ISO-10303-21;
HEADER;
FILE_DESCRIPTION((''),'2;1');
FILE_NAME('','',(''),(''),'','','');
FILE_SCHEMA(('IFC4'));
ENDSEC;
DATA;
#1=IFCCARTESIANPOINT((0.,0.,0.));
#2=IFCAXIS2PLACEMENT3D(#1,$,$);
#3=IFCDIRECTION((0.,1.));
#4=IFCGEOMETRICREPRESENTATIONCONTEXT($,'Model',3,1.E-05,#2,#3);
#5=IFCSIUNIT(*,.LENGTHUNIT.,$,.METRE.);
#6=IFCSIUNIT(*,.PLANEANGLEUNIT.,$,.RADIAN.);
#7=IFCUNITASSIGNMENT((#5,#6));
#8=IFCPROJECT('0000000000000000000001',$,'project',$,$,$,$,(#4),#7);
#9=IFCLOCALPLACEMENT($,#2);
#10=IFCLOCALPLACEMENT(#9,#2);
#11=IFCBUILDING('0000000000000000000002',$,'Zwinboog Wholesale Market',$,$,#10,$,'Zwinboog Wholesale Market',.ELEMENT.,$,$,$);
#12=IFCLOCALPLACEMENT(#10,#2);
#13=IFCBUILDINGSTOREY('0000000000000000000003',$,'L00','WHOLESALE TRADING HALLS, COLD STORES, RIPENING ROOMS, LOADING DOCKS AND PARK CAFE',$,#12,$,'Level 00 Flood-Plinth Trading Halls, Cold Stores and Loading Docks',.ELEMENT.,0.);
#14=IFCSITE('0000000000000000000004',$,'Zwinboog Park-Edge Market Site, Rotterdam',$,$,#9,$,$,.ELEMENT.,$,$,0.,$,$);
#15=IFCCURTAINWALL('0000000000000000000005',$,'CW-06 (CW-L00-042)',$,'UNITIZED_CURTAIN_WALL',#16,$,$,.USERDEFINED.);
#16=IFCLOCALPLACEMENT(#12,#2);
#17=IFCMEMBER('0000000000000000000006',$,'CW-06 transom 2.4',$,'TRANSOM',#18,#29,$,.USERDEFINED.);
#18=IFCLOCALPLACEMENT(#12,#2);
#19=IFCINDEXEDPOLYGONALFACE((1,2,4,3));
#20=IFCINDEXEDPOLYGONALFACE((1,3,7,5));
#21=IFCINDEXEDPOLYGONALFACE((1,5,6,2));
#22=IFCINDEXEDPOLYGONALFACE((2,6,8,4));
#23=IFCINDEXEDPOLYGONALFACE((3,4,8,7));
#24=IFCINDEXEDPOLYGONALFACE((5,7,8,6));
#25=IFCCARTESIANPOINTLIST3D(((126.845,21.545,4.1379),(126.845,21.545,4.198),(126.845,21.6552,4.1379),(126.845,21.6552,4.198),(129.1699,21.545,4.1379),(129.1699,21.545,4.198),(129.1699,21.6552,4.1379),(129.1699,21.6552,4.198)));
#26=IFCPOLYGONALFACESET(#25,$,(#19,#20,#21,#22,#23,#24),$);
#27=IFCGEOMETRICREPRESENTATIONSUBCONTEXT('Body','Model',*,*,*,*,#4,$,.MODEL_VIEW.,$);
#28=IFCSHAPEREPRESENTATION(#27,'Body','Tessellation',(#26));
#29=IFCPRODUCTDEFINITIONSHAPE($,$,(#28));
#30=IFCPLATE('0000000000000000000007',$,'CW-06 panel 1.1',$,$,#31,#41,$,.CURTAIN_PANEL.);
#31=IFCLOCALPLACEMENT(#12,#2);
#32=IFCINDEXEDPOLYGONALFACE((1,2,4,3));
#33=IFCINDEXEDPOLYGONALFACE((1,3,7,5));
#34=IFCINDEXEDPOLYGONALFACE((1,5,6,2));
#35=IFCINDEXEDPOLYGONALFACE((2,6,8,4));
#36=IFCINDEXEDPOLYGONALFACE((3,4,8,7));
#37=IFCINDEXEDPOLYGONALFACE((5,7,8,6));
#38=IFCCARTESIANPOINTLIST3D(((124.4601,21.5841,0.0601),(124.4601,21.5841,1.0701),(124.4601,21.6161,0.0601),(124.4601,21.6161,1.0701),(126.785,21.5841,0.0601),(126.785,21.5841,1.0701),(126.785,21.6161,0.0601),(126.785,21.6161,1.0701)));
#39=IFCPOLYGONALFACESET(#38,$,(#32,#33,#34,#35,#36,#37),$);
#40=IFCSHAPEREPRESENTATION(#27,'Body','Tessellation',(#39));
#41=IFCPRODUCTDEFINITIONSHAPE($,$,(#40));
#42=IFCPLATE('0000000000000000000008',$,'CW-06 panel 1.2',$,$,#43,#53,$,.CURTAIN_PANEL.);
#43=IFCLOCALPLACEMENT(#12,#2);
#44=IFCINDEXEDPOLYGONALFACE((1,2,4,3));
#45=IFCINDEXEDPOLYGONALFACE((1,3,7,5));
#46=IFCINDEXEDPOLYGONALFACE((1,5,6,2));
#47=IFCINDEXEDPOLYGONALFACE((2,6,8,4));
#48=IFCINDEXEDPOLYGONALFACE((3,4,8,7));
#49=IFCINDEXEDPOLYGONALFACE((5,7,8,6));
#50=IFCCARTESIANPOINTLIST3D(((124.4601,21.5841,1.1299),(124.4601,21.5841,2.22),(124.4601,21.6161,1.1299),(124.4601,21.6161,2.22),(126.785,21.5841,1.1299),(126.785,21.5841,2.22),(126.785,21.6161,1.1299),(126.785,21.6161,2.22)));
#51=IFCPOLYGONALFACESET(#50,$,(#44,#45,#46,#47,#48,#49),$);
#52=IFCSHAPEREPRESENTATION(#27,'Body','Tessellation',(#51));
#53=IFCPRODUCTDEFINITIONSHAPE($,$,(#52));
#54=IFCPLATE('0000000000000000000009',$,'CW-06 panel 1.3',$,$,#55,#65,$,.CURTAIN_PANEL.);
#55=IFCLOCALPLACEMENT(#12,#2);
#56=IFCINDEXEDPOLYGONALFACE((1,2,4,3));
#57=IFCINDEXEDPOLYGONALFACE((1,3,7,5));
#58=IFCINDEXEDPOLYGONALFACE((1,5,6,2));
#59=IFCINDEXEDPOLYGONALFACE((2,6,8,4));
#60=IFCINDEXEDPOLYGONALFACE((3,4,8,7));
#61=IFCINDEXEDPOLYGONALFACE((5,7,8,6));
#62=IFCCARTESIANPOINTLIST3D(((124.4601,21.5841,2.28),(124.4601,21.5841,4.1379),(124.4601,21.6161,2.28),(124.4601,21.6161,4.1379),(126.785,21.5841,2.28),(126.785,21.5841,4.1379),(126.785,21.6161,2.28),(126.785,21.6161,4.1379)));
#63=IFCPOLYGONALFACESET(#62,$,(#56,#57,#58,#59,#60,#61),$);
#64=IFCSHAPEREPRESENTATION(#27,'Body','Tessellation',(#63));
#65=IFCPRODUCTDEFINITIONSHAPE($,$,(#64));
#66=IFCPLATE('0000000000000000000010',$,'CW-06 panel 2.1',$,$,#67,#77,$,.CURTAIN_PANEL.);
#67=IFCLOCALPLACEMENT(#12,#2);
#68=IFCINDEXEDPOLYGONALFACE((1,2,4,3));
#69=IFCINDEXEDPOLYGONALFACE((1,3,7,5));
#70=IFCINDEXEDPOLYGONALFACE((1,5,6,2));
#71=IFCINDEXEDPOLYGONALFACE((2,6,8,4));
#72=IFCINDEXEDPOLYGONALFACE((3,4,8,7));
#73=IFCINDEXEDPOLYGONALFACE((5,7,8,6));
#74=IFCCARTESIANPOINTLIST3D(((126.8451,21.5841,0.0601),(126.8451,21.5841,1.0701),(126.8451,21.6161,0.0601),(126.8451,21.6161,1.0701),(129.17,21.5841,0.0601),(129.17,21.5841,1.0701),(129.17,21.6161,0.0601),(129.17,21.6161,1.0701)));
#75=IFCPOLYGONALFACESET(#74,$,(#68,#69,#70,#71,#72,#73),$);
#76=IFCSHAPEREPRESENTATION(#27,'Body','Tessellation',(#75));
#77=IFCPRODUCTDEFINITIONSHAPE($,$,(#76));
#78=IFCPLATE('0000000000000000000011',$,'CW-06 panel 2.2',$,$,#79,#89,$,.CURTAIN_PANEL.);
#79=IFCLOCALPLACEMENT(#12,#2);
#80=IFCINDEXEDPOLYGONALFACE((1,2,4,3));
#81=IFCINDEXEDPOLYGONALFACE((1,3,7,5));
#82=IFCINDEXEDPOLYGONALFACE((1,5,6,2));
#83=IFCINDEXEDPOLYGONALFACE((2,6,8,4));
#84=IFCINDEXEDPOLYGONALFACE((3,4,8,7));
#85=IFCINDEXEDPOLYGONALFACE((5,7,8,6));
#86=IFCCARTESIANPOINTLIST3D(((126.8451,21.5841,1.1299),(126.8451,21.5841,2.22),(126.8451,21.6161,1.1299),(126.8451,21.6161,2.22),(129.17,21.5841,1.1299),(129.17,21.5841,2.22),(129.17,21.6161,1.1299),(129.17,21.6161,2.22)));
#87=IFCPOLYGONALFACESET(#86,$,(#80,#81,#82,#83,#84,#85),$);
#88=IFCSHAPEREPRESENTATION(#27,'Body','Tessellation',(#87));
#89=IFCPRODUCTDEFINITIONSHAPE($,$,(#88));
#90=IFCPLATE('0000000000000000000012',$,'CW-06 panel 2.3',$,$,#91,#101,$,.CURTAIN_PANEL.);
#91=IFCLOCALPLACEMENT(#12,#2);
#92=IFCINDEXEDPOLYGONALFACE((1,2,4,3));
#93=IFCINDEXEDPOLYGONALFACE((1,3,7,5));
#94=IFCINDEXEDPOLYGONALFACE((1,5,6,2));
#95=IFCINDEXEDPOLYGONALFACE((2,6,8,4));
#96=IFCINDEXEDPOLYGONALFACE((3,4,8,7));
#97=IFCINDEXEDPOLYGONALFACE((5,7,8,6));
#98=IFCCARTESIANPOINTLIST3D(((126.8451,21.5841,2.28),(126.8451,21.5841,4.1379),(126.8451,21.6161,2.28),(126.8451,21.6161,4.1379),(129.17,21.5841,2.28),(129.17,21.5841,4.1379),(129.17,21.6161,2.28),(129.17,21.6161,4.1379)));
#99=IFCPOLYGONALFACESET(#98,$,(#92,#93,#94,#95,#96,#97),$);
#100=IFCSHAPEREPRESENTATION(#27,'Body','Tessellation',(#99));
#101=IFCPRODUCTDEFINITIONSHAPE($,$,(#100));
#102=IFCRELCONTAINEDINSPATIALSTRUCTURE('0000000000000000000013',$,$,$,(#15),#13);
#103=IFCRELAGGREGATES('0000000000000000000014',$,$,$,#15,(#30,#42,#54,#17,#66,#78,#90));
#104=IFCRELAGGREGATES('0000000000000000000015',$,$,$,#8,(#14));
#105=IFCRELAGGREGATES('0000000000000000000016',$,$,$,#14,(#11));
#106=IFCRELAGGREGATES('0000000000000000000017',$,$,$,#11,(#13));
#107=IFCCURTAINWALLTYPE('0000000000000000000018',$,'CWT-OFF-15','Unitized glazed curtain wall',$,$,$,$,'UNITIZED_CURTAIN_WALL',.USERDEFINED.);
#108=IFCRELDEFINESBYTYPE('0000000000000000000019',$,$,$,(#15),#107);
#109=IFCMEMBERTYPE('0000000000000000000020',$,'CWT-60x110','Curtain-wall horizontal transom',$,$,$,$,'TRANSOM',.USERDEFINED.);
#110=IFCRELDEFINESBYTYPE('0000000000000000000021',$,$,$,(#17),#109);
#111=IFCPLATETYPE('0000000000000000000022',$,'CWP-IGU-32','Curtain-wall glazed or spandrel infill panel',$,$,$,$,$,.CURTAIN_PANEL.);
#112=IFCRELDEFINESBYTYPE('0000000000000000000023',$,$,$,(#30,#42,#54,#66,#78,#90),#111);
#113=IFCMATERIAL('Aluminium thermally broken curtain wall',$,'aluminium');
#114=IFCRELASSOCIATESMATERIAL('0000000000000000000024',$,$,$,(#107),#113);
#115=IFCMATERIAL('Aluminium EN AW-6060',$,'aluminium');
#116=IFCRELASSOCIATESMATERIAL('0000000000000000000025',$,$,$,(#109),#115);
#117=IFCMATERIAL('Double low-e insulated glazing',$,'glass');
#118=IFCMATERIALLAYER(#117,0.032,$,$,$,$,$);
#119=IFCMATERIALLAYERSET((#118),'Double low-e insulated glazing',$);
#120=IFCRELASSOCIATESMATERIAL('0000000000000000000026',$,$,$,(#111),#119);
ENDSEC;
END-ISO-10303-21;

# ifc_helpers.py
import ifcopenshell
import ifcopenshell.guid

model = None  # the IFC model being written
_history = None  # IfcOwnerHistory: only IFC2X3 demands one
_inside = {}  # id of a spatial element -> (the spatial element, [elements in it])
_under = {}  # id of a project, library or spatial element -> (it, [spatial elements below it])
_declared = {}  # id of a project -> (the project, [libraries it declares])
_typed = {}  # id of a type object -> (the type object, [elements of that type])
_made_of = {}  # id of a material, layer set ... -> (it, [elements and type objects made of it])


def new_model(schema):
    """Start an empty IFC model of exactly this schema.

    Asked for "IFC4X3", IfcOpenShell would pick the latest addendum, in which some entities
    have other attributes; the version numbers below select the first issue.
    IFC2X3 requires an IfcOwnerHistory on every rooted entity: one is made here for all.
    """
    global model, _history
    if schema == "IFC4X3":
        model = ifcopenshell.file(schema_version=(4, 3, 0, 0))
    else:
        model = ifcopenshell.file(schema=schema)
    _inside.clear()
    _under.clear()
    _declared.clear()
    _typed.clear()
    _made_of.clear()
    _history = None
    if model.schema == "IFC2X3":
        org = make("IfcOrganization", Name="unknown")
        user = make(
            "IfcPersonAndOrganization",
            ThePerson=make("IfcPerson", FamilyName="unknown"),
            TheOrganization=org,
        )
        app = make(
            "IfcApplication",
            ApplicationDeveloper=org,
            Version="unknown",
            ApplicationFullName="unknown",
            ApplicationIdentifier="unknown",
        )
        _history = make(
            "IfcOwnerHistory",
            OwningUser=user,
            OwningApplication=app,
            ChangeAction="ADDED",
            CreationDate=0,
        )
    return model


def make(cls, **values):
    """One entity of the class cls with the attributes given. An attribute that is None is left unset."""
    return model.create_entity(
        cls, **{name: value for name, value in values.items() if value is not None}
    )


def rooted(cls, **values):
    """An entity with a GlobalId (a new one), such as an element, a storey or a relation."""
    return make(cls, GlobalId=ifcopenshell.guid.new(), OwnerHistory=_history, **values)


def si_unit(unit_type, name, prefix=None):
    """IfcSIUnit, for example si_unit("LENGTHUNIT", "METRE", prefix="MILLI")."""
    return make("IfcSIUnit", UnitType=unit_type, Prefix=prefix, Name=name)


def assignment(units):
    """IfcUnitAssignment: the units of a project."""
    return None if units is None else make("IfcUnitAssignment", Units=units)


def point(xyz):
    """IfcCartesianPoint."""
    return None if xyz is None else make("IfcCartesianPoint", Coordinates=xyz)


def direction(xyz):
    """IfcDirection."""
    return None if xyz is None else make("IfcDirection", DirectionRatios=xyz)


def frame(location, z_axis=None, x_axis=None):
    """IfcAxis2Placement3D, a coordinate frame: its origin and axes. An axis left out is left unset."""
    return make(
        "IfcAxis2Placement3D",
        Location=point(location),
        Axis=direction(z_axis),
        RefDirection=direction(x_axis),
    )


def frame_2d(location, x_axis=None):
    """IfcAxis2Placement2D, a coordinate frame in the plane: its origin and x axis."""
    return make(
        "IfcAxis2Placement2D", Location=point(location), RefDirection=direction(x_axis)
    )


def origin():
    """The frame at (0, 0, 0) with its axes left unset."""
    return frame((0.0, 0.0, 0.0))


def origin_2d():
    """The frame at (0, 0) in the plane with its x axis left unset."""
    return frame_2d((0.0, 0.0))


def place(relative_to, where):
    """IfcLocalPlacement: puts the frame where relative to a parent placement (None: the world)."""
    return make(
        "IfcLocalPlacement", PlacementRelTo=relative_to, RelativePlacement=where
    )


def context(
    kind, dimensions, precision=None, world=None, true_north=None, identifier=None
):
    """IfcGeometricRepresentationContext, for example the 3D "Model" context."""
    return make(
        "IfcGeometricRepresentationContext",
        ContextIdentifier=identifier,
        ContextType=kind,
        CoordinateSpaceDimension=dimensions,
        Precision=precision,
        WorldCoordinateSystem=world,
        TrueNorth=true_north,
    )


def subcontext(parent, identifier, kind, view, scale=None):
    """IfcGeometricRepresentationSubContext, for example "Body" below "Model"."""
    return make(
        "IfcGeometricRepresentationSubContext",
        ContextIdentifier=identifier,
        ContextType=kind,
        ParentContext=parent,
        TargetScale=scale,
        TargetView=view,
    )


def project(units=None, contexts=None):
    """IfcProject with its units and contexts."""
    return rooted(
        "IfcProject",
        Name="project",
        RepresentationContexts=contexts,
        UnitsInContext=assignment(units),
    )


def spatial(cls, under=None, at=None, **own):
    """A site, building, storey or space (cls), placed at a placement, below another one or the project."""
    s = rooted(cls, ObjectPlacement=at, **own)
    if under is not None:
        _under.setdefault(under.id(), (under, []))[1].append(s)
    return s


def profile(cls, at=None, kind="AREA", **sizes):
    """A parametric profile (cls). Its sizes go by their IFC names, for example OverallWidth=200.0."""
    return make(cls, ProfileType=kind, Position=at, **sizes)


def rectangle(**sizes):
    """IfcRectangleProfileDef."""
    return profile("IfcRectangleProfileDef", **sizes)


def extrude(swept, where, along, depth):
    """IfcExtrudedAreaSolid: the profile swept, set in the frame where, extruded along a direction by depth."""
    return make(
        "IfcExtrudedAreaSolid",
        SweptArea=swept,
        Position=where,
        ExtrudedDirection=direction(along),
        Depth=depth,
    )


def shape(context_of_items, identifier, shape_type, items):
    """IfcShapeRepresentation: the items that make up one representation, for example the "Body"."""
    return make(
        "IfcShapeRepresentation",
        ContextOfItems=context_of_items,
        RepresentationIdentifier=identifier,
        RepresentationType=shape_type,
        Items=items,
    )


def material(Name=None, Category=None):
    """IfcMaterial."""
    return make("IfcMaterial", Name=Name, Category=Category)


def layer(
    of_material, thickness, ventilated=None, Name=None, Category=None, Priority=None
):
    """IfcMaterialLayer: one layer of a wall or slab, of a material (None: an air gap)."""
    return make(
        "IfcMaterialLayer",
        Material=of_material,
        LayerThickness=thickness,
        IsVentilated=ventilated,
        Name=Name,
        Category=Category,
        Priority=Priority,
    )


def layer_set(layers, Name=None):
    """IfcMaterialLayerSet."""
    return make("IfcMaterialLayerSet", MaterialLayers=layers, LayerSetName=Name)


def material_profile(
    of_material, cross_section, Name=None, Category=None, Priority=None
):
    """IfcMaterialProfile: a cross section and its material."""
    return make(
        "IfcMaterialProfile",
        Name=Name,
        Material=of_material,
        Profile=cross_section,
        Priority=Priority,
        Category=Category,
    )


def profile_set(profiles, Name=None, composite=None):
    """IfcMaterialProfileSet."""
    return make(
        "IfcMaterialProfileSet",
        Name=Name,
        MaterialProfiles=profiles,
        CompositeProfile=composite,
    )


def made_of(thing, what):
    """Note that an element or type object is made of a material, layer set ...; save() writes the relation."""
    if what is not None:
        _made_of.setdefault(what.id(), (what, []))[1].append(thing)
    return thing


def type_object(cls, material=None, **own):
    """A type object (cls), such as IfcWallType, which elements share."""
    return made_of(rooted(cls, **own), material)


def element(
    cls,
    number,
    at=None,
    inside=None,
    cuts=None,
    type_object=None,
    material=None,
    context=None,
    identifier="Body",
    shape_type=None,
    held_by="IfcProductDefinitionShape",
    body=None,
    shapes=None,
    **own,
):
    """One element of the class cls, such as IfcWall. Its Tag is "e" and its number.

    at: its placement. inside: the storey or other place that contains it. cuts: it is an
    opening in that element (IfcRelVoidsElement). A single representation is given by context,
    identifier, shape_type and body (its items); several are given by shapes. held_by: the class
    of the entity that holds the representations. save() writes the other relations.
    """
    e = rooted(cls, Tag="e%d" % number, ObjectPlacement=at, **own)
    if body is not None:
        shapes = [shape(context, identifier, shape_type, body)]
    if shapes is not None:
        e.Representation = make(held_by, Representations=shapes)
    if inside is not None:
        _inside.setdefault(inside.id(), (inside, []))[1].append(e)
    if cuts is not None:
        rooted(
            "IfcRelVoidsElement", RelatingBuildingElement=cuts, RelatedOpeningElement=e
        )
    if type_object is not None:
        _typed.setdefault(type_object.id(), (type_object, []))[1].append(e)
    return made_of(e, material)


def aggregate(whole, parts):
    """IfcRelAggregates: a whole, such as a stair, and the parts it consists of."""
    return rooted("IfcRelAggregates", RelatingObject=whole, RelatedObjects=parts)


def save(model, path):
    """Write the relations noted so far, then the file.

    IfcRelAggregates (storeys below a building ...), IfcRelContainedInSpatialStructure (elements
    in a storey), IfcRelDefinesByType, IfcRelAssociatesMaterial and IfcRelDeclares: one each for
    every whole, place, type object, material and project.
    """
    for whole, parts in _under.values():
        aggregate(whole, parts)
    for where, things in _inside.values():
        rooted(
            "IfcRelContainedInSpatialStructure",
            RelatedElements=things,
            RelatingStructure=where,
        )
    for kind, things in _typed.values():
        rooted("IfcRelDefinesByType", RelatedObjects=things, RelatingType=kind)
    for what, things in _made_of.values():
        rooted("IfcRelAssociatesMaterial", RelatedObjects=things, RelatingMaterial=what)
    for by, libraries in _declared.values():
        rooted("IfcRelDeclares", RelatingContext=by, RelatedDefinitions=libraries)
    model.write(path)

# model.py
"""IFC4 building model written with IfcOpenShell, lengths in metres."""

from ifc_helpers import new_model, si_unit, direction, frame, origin, origin_2d, place, context, subcontext, project, spatial, rectangle, extrude, material, layer, layer_set, material_profile, profile_set, type_object, element, aggregate, save


model = new_model("IFC4")

# Units and contexts
model_context = context("Model", 3, precision=1e-05, world=origin(), true_north=direction((0.0, 1.0)))
body_context = subcontext(model_context, "Body", "Model", "MODEL_VIEW")
ifc_project = project(units=[si_unit("LENGTHUNIT", "METRE"), si_unit("PLANEANGLEUNIT", "RADIAN")], contexts=[model_context])

# Site, building, storey
site_placement = place(None, origin())
site = spatial("IfcSite", under=ifc_project, at=site_placement, Name="Zwinboog Park-Edge Market Site, Rotterdam", CompositionType="ELEMENT", RefElevation=0.0)
building_placement = place(site_placement, origin())
building = spatial("IfcBuilding", under=site, at=building_placement, Name="Zwinboog Wholesale Market", LongName="Zwinboog Wholesale Market", CompositionType="ELEMENT")
storey_placement = place(building_placement, origin())
storey = spatial("IfcBuildingStorey", under=building, at=storey_placement, Name="L00", Description="WHOLESALE TRADING HALLS, COLD STORES, RIPENING ROOMS, LOADING DOCKS AND PARK CAFE", LongName="Level 00 Flood-Plinth Trading Halls, Cold Stores and Loading Docks", CompositionType="ELEMENT", Elevation=0.0)

# Shared definitions
ifc_material_1 = material(Name="Aluminium thermally broken curtain wall", Category="aluminium")
ifc_material_2 = material(Name="Aluminium EN AW-6060", Category="aluminium")

# Curtain wall
curtain_wall_type_1 = type_object("IfcCurtainWallType", Name="CWT-OFF-15", Description="Unitized glazed curtain wall", ElementType="UNITIZED_CURTAIN_WALL", PredefinedType="USERDEFINED", material=ifc_material_1)
curtain_wall_1_placement = place(storey_placement, origin())
curtain_wall_1 = element("IfcCurtainWall", 1, at=curtain_wall_1_placement, inside=storey, type_object=curtain_wall_type_1, Name="CW-06 (CW-L00-042)", ObjectType="UNITIZED_CURTAIN_WALL", PredefinedType="USERDEFINED")

# Member
ifc_material_profile_1 = material_profile(ifc_material_2, rectangle(XDim=0.1101, YDim=0.0601, at=origin_2d()), Name="AL 60x110")
ifc_profile_set_1 = profile_set([ifc_material_profile_1], Name="Aluminium EN AW-6060")
member_type_1 = type_object("IfcMemberType", Name="CWT-60x110", Description="Curtain-wall horizontal transom", ElementType="TRANSOM", PredefinedType="USERDEFINED", material=ifc_profile_set_1)
member_1_placement = place(storey_placement, frame((126.845, 21.6001, 4.168), z_axis=(1.0, 0.0, 0.0), x_axis=(0.0, 1.0, 0.0)))
member_1 = element("IfcMember", 2, at=member_1_placement, type_object=member_type_1, Name="CW-06 transom 2.4", ObjectType="TRANSOM", PredefinedType="USERDEFINED", context=body_context, shape_type="SweptSolid", body=[
    extrude(rectangle(XDim=0.1101, YDim=0.0601, at=origin_2d()), origin(), (0.0, 0.0, 1.0), 2.325),
])

# Plates
ifc_material_3 = material(Name="Double low-e insulated glazing", Category="glass")
ifc_layer = layer(ifc_material_3, 0.032)
ifc_layer_set = layer_set([ifc_layer], Name="Double low-e insulated glazing")
plate_type = type_object("IfcPlateType", Name="CWP-IGU-32", Description="Curtain-wall glazed or spandrel infill panel", PredefinedType="CURTAIN_PANEL", material=ifc_layer_set)
plate_1_placement = place(storey_placement, frame((125.6226, 21.6001, 0.0601), z_axis=(0.0, 0.0, 1.0), x_axis=(1.0, 0.0, 0.0)))
plate_1 = element("IfcPlate", 3, at=plate_1_placement, type_object=plate_type, Name="CW-06 panel 1.1", PredefinedType="CURTAIN_PANEL", context=body_context, shape_type="SweptSolid", body=[
    extrude(rectangle(XDim=2.325, YDim=0.032, at=origin_2d()), origin(), (0.0, 0.0, 1.0), 1.01),
])
plate_2_placement = place(storey_placement, frame((125.6226, 21.6001, 1.1299), z_axis=(0.0, 0.0, 1.0), x_axis=(1.0, 0.0, 0.0)))
plate_2 = element("IfcPlate", 4, at=plate_2_placement, type_object=plate_type, Name="CW-06 panel 1.2", PredefinedType="CURTAIN_PANEL", context=body_context, shape_type="SweptSolid", body=[
    extrude(rectangle(XDim=2.325, YDim=0.032, at=origin_2d()), origin(), (0.0, 0.0, 1.0), 1.0901),
])
plate_3_placement = place(storey_placement, frame((125.6226, 21.6001, 2.28), z_axis=(0.0, 0.0, 1.0), x_axis=(1.0, 0.0, 0.0)))
plate_3 = element("IfcPlate", 5, at=plate_3_placement, type_object=plate_type, Name="CW-06 panel 1.3", PredefinedType="CURTAIN_PANEL", context=body_context, shape_type="SweptSolid", body=[
    extrude(rectangle(XDim=2.325, YDim=0.032, at=origin_2d()), origin(), (0.0, 0.0, 1.0), 1.8579),
])
plate_4_placement = place(storey_placement, frame((128.0076, 21.6001, 0.0601), z_axis=(0.0, 0.0, 1.0), x_axis=(1.0, 0.0, 0.0)))
plate_4 = element("IfcPlate", 6, at=plate_4_placement, type_object=plate_type, Name="CW-06 panel 2.1", PredefinedType="CURTAIN_PANEL", context=body_context, shape_type="SweptSolid", body=[
    extrude(rectangle(XDim=2.325, YDim=0.032, at=origin_2d()), origin(), (0.0, 0.0, 1.0), 1.01),
])
plate_5_placement = place(storey_placement, frame((128.0076, 21.6001, 1.1299), z_axis=(0.0, 0.0, 1.0), x_axis=(1.0, 0.0, 0.0)))
plate_5 = element("IfcPlate", 7, at=plate_5_placement, type_object=plate_type, Name="CW-06 panel 2.2", PredefinedType="CURTAIN_PANEL", context=body_context, shape_type="SweptSolid", body=[
    extrude(rectangle(XDim=2.325, YDim=0.032, at=origin_2d()), origin(), (0.0, 0.0, 1.0), 1.0901),
])
plate_6_placement = place(storey_placement, frame((128.0076, 21.6001, 2.28), z_axis=(0.0, 0.0, 1.0), x_axis=(1.0, 0.0, 0.0)))
plate_6 = element("IfcPlate", 8, at=plate_6_placement, type_object=plate_type, Name="CW-06 panel 2.3", PredefinedType="CURTAIN_PANEL", context=body_context, shape_type="SweptSolid", body=[
    extrude(rectangle(XDim=2.325, YDim=0.032, at=origin_2d()), origin(), (0.0, 0.0, 1.0), 1.8579),
])
aggregate(curtain_wall_1, [plate_1, plate_2, plate_3, member_1, plate_4, plate_5, plate_6])

save(model, "model.ifc")
